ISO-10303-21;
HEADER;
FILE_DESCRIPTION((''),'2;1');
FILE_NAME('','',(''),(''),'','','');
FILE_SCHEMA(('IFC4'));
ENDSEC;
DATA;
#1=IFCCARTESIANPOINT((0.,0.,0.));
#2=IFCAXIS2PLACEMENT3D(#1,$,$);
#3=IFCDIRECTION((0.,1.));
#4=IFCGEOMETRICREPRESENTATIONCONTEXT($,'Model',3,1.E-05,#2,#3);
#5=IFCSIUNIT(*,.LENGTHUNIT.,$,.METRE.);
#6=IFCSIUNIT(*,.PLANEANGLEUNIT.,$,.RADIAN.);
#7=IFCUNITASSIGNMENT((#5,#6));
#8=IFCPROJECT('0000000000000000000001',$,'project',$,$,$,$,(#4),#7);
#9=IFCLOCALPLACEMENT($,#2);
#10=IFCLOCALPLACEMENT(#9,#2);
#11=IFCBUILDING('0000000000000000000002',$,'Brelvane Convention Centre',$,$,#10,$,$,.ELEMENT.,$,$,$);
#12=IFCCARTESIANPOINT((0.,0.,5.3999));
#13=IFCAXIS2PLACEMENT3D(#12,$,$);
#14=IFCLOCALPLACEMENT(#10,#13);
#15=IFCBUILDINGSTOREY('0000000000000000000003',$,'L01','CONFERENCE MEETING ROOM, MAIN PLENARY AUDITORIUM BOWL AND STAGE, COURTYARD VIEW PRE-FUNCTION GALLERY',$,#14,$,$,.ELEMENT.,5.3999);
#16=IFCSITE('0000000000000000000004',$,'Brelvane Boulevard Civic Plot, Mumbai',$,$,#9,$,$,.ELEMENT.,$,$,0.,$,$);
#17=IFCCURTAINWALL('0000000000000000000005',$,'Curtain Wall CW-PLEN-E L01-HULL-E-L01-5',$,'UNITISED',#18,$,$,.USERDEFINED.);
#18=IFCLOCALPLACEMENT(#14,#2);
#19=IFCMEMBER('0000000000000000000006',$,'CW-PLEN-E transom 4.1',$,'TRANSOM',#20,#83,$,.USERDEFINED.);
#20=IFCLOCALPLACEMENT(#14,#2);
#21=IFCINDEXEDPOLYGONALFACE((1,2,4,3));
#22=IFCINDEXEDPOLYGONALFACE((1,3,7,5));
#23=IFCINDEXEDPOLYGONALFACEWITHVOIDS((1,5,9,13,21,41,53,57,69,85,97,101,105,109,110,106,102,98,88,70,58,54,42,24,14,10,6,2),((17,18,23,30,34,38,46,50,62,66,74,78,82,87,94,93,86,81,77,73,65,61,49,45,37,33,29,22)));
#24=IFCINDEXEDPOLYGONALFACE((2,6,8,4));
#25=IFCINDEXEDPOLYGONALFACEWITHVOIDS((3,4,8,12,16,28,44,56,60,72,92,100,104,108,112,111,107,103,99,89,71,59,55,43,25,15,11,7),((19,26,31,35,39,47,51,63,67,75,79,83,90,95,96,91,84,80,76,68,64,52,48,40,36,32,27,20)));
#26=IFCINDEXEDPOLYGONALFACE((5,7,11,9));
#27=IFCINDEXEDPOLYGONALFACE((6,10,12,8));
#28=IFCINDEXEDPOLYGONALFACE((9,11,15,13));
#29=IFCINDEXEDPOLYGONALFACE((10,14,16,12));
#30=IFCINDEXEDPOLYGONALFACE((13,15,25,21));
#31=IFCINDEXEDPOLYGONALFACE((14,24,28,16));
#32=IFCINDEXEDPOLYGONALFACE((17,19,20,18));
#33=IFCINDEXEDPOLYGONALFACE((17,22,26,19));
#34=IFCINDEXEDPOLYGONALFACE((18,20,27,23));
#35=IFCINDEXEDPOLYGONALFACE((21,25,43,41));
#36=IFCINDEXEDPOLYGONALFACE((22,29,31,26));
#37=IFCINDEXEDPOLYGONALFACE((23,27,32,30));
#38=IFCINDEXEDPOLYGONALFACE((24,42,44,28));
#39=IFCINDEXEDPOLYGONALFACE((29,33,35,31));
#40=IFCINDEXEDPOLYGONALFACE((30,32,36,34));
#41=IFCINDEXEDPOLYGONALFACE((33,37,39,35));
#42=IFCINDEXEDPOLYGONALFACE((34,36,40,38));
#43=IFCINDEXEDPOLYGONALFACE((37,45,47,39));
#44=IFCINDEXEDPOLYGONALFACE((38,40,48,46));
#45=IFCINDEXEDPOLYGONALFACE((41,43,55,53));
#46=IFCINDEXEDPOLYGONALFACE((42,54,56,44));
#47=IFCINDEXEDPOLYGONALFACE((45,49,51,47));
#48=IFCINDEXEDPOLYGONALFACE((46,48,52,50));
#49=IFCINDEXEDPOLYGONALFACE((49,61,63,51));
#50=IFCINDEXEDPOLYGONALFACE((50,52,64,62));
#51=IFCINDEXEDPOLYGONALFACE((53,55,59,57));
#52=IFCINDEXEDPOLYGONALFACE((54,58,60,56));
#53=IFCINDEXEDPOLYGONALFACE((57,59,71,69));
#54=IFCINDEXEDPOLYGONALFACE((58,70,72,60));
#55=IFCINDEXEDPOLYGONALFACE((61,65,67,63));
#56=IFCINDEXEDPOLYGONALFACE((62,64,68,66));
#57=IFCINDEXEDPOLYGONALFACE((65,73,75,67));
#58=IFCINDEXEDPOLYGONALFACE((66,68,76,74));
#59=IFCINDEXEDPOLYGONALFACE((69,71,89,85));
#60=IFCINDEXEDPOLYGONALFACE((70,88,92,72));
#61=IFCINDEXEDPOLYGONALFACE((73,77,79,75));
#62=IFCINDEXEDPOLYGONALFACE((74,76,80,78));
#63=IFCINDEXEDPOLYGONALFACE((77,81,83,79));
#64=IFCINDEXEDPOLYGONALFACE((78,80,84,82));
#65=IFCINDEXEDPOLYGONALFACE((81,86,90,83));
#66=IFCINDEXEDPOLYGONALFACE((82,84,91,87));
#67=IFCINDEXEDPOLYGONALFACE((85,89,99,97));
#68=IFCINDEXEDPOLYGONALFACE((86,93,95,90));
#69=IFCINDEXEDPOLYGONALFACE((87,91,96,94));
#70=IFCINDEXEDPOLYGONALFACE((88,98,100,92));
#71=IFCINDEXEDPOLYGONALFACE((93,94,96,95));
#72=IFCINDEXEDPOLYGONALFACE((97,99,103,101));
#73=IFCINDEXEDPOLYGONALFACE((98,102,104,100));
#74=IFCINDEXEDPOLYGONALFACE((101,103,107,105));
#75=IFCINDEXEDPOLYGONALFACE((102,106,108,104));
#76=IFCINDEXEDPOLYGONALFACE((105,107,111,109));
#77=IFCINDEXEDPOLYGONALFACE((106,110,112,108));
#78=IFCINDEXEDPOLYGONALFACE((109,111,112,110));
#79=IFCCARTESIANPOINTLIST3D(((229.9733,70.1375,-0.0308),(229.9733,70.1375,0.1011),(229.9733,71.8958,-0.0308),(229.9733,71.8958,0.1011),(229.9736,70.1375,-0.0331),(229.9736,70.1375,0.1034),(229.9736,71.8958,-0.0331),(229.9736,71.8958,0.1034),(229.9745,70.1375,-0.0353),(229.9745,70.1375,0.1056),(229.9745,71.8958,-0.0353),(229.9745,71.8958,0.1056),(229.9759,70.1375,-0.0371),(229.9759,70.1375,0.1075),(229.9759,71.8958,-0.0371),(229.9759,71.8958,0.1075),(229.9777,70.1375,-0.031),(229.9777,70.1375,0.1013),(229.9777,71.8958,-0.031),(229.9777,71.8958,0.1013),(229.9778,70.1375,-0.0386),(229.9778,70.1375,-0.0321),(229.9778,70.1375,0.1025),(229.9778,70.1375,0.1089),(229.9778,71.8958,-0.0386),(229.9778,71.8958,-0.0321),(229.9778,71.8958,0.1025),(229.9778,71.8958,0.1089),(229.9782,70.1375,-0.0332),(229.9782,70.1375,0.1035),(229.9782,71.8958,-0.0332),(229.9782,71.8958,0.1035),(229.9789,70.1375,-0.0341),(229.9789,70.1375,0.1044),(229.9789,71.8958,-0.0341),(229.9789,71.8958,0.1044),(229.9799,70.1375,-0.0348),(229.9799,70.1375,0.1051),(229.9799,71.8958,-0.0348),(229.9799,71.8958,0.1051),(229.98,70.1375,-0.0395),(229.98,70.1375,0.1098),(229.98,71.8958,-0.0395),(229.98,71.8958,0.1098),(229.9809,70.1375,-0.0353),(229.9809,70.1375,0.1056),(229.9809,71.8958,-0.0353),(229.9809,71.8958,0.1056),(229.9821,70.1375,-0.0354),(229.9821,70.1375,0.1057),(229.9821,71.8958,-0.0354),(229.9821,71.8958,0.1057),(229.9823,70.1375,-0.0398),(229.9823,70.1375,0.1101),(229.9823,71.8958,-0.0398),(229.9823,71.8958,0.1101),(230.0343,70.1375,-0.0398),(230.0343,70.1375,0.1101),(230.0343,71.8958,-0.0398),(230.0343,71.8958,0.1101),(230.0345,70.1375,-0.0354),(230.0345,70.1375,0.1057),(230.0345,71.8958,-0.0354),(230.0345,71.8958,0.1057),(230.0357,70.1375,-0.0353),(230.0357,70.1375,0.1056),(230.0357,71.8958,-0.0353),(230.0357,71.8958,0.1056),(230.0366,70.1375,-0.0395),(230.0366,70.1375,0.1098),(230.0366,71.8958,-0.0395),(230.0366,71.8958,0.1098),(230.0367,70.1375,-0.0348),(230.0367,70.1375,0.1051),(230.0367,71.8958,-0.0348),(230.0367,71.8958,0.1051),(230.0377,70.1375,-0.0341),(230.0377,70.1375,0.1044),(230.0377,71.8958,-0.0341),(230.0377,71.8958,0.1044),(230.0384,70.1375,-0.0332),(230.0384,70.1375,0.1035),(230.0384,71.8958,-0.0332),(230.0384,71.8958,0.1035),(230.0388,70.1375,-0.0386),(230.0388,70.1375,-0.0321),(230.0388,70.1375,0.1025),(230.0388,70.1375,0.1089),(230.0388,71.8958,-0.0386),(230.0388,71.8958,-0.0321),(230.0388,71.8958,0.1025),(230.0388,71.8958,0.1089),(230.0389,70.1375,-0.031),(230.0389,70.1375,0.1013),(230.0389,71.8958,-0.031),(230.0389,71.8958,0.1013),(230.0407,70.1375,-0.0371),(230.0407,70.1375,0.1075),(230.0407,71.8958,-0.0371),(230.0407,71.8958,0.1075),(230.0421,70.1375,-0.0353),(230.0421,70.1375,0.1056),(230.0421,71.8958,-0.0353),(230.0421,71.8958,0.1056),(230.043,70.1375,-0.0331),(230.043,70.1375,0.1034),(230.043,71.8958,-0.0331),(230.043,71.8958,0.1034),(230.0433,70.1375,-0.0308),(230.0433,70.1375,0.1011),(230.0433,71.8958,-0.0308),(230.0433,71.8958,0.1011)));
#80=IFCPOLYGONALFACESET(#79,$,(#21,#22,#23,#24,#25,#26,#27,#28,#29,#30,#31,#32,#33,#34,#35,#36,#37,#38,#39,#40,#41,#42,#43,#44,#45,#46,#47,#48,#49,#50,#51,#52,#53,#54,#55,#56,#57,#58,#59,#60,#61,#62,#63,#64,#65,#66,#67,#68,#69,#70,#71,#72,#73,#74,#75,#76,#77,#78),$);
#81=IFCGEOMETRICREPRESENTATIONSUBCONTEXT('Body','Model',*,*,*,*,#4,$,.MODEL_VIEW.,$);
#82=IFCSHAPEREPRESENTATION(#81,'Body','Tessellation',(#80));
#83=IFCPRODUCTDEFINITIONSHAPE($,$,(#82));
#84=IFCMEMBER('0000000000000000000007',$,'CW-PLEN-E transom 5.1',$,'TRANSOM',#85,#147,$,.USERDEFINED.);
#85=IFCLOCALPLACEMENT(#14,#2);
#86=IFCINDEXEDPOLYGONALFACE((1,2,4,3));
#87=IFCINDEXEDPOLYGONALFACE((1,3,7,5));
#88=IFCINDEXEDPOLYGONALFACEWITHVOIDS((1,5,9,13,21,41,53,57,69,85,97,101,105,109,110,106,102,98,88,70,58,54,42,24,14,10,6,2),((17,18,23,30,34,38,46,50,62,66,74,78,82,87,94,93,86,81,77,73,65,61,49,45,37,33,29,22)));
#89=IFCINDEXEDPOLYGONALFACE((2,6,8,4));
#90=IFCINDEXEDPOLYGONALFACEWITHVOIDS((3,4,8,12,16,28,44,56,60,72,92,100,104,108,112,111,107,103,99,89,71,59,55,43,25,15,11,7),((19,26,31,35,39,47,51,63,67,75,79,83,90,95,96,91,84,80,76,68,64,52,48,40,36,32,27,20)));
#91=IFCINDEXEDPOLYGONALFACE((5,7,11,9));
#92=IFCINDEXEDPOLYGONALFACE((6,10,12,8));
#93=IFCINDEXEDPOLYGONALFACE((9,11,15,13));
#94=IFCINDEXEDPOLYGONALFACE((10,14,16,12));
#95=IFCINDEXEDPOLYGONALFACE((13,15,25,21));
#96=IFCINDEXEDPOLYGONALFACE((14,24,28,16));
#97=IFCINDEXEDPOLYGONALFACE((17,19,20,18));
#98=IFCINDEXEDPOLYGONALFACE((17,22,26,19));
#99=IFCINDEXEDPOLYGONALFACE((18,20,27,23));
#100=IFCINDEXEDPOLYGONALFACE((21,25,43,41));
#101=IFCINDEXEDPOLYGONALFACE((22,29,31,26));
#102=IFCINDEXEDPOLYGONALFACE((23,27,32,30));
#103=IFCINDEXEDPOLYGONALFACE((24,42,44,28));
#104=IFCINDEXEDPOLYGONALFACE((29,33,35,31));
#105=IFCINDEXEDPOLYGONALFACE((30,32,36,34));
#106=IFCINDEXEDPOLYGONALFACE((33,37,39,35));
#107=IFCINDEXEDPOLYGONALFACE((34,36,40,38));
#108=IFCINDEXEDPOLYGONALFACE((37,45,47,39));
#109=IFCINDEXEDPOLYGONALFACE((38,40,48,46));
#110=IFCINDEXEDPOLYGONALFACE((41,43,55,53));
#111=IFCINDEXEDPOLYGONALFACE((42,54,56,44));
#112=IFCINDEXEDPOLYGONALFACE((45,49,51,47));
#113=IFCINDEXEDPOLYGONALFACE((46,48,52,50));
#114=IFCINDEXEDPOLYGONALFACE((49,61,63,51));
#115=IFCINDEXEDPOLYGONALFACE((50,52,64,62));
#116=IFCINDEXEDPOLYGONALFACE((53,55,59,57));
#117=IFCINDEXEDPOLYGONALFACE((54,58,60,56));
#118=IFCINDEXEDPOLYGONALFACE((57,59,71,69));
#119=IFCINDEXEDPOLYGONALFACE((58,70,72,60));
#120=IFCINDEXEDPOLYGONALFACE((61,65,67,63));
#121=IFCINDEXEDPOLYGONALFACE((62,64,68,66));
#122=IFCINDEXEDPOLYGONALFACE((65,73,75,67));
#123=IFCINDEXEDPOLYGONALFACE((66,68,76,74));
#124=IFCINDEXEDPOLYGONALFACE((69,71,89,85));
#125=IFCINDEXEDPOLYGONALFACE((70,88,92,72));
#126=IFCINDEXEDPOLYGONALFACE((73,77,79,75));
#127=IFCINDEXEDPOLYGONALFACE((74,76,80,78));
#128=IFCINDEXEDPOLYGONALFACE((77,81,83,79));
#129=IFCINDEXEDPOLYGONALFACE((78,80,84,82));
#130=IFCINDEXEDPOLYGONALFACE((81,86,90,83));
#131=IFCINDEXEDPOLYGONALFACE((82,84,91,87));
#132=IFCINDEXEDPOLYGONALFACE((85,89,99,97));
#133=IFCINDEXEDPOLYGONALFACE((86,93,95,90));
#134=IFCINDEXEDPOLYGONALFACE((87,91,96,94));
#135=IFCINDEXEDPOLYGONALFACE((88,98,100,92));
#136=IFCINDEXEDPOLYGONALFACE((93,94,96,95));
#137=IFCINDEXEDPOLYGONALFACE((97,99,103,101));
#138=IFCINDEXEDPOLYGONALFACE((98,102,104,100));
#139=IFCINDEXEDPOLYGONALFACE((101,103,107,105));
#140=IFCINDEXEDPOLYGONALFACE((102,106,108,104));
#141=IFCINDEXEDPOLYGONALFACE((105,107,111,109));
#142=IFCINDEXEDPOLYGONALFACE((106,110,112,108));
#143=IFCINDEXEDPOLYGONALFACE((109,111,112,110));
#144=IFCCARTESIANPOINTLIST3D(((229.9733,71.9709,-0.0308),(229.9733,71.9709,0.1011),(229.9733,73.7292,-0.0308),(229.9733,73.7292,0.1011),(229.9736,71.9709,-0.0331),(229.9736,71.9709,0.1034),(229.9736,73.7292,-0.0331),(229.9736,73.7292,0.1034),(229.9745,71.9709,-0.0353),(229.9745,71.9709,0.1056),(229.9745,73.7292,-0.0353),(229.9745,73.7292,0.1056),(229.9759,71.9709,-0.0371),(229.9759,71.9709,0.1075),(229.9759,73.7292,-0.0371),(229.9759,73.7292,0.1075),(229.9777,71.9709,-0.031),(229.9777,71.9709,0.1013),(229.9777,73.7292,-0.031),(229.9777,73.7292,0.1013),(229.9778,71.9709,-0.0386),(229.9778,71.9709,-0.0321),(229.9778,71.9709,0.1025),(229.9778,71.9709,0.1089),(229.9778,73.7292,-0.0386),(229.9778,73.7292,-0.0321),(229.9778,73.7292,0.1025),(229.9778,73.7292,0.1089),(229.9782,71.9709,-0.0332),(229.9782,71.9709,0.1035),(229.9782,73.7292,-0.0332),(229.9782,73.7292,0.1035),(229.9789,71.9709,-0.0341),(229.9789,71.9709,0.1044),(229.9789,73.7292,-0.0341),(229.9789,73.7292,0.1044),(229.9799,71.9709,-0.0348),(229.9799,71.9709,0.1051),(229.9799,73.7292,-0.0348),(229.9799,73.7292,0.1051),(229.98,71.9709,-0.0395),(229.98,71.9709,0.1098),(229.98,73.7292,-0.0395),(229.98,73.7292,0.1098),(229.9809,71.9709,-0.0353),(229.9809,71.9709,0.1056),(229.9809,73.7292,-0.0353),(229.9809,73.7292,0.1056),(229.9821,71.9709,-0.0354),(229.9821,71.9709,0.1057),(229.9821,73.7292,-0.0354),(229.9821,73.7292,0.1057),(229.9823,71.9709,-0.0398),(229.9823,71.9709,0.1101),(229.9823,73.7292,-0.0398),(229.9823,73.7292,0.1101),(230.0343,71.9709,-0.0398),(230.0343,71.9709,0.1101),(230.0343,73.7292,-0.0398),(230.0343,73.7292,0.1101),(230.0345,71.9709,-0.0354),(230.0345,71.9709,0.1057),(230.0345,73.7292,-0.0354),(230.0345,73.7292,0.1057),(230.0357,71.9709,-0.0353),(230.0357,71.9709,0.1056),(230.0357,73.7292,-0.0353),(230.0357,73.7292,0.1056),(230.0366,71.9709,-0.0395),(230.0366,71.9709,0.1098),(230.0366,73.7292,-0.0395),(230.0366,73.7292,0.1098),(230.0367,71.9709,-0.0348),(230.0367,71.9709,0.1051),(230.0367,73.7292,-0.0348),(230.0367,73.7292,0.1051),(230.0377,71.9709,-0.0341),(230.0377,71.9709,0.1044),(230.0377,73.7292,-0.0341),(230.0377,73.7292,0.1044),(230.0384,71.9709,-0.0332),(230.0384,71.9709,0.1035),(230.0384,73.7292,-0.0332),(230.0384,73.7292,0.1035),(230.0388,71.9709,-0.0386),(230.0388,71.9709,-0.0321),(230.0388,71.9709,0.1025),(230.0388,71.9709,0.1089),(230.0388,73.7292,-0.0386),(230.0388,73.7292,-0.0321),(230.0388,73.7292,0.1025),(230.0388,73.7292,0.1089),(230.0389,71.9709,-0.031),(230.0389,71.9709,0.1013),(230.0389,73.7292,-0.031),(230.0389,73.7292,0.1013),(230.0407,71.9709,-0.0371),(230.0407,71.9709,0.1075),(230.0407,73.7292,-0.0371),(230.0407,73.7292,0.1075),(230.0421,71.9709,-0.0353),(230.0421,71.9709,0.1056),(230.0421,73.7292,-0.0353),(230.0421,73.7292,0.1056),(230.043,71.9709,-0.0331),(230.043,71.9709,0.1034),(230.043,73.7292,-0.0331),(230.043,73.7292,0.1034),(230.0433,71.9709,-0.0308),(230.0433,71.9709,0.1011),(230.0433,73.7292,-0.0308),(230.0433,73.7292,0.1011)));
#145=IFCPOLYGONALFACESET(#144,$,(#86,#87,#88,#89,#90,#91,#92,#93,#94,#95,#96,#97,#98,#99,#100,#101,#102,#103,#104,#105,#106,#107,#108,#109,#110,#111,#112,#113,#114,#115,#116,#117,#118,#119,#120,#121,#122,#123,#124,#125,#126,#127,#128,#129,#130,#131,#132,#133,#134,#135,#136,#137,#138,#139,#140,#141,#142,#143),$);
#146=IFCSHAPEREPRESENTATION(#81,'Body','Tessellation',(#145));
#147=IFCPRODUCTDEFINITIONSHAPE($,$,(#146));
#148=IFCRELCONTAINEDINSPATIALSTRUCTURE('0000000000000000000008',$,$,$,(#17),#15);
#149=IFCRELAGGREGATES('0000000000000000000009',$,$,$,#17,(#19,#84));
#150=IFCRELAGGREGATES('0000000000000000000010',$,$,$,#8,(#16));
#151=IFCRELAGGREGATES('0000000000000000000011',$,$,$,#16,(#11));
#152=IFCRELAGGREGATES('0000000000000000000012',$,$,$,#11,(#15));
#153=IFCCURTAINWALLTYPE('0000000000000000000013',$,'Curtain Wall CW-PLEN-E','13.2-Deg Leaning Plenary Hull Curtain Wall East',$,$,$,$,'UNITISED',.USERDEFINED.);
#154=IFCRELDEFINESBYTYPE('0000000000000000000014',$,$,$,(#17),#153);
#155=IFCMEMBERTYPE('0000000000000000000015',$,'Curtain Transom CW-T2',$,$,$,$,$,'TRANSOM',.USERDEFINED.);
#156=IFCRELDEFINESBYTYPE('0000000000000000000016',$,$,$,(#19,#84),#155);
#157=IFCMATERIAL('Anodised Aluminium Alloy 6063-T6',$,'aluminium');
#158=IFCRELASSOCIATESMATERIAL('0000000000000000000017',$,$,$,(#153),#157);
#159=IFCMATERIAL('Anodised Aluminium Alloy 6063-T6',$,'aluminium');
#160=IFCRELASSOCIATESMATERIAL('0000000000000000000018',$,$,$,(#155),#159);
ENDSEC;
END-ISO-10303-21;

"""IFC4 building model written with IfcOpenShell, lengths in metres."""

from ifc_helpers import new_model, si_unit, direction, frame, origin, origin_2d, place, context, subcontext, project, spatial, hollow_rectangle, extrude, material, material_profile, profile_set, type_object, element, aggregate, save


model = new_model("IFC4")

# Units and contexts
model_context = context("Model", 3, precision=1e-05, world=origin(), true_north=direction((0.0, 1.0)))
body_context = subcontext(model_context, "Body", "Model", "MODEL_VIEW")
ifc_project = project(units=[si_unit("LENGTHUNIT", "METRE"), si_unit("PLANEANGLEUNIT", "RADIAN")], contexts=[model_context])

# Site, building, storey
site_placement = place(None, origin())
site = spatial("IfcSite", under=ifc_project, at=site_placement, Name="Brelvane Boulevard Civic Plot, Mumbai", CompositionType="ELEMENT", RefElevation=0.0)
building_placement = place(site_placement, origin())
building = spatial("IfcBuilding", under=site, at=building_placement, Name="Brelvane Convention Centre", CompositionType="ELEMENT")
storey_placement = place(building_placement, frame((0.0, 0.0, 5.3999)))
storey = spatial("IfcBuildingStorey", under=building, at=storey_placement, Name="L01", Description="CONFERENCE MEETING ROOM, MAIN PLENARY AUDITORIUM BOWL AND STAGE, COURTYARD VIEW PRE-FUNCTION GALLERY", CompositionType="ELEMENT", Elevation=5.3999)

# Curtain wall
ifc_material_1 = material(Name="Anodised Aluminium Alloy 6063-T6", Category="aluminium")
curtain_wall_type = type_object("IfcCurtainWallType", Name="Curtain Wall CW-PLEN-E", Description="13.2-Deg Leaning Plenary Hull Curtain Wall East", ElementType="UNITISED", PredefinedType="USERDEFINED", material=ifc_material_1)
curtain_wall_1_placement = place(storey_placement, origin())
curtain_wall_1 = element("IfcCurtainWall", 1, at=curtain_wall_1_placement, inside=storey, type_object=curtain_wall_type, Name="Curtain Wall CW-PLEN-E L01-HULL-E-L01-5", ObjectType="UNITISED", PredefinedType="USERDEFINED")

# Members
ifc_material_2 = material(Name="Anodised Aluminium Alloy 6063-T6", Category="aluminium")
ifc_material_profile_1 = material_profile(ifc_material_2, hollow_rectangle(XDim=0.0701, YDim=0.1499, WallThickness=0.0044, InnerFilletRadius=0.0044, OuterFilletRadius=0.009, at=origin_2d()), Name="ALU-T 150x70x4.5")
ifc_profile_set_1 = profile_set([ifc_material_profile_1], Name="Anodised Aluminium Alloy 6063-T6")
member_type_1 = type_object("IfcMemberType", Name="Curtain Transom CW-T2", ElementType="TRANSOM", PredefinedType="USERDEFINED", material=ifc_profile_set_1)
member_1_placement = place(storey_placement, frame((230.0083, 70.1375, 0.0352), z_axis=(0.0, 1.0, 0.0), x_axis=(-1.0, 0.0, 0.0)))
member_1 = element("IfcMember", 2, at=member_1_placement, type_object=member_type_1, Name="CW-PLEN-E transom 4.1", ObjectType="TRANSOM", PredefinedType="USERDEFINED", context=body_context, shape_type="SweptSolid", body=[
    extrude(hollow_rectangle(XDim=0.0701, YDim=0.1499, WallThickness=0.0044, InnerFilletRadius=0.0044, OuterFilletRadius=0.009, at=origin_2d()), origin(), (0.0, 0.0, 1.0), 1.7583),
])
member_2_placement = place(storey_placement, frame((230.0083, 71.9709, 0.0352), z_axis=(0.0, 1.0, 0.0), x_axis=(-1.0, 0.0, 0.0)))
member_2 = element("IfcMember", 3, at=member_2_placement, type_object=member_type_1, Name="CW-PLEN-E transom 5.1", ObjectType="TRANSOM", PredefinedType="USERDEFINED", context=body_context, shape_type="SweptSolid", body=[
    extrude(hollow_rectangle(XDim=0.0701, YDim=0.1499, WallThickness=0.0044, InnerFilletRadius=0.0044, OuterFilletRadius=0.009, at=origin_2d()), origin(), (0.0, 0.0, 1.0), 1.7583),
])
aggregate(curtain_wall_1, [member_1, member_2])

save(model, "model.ifc")
